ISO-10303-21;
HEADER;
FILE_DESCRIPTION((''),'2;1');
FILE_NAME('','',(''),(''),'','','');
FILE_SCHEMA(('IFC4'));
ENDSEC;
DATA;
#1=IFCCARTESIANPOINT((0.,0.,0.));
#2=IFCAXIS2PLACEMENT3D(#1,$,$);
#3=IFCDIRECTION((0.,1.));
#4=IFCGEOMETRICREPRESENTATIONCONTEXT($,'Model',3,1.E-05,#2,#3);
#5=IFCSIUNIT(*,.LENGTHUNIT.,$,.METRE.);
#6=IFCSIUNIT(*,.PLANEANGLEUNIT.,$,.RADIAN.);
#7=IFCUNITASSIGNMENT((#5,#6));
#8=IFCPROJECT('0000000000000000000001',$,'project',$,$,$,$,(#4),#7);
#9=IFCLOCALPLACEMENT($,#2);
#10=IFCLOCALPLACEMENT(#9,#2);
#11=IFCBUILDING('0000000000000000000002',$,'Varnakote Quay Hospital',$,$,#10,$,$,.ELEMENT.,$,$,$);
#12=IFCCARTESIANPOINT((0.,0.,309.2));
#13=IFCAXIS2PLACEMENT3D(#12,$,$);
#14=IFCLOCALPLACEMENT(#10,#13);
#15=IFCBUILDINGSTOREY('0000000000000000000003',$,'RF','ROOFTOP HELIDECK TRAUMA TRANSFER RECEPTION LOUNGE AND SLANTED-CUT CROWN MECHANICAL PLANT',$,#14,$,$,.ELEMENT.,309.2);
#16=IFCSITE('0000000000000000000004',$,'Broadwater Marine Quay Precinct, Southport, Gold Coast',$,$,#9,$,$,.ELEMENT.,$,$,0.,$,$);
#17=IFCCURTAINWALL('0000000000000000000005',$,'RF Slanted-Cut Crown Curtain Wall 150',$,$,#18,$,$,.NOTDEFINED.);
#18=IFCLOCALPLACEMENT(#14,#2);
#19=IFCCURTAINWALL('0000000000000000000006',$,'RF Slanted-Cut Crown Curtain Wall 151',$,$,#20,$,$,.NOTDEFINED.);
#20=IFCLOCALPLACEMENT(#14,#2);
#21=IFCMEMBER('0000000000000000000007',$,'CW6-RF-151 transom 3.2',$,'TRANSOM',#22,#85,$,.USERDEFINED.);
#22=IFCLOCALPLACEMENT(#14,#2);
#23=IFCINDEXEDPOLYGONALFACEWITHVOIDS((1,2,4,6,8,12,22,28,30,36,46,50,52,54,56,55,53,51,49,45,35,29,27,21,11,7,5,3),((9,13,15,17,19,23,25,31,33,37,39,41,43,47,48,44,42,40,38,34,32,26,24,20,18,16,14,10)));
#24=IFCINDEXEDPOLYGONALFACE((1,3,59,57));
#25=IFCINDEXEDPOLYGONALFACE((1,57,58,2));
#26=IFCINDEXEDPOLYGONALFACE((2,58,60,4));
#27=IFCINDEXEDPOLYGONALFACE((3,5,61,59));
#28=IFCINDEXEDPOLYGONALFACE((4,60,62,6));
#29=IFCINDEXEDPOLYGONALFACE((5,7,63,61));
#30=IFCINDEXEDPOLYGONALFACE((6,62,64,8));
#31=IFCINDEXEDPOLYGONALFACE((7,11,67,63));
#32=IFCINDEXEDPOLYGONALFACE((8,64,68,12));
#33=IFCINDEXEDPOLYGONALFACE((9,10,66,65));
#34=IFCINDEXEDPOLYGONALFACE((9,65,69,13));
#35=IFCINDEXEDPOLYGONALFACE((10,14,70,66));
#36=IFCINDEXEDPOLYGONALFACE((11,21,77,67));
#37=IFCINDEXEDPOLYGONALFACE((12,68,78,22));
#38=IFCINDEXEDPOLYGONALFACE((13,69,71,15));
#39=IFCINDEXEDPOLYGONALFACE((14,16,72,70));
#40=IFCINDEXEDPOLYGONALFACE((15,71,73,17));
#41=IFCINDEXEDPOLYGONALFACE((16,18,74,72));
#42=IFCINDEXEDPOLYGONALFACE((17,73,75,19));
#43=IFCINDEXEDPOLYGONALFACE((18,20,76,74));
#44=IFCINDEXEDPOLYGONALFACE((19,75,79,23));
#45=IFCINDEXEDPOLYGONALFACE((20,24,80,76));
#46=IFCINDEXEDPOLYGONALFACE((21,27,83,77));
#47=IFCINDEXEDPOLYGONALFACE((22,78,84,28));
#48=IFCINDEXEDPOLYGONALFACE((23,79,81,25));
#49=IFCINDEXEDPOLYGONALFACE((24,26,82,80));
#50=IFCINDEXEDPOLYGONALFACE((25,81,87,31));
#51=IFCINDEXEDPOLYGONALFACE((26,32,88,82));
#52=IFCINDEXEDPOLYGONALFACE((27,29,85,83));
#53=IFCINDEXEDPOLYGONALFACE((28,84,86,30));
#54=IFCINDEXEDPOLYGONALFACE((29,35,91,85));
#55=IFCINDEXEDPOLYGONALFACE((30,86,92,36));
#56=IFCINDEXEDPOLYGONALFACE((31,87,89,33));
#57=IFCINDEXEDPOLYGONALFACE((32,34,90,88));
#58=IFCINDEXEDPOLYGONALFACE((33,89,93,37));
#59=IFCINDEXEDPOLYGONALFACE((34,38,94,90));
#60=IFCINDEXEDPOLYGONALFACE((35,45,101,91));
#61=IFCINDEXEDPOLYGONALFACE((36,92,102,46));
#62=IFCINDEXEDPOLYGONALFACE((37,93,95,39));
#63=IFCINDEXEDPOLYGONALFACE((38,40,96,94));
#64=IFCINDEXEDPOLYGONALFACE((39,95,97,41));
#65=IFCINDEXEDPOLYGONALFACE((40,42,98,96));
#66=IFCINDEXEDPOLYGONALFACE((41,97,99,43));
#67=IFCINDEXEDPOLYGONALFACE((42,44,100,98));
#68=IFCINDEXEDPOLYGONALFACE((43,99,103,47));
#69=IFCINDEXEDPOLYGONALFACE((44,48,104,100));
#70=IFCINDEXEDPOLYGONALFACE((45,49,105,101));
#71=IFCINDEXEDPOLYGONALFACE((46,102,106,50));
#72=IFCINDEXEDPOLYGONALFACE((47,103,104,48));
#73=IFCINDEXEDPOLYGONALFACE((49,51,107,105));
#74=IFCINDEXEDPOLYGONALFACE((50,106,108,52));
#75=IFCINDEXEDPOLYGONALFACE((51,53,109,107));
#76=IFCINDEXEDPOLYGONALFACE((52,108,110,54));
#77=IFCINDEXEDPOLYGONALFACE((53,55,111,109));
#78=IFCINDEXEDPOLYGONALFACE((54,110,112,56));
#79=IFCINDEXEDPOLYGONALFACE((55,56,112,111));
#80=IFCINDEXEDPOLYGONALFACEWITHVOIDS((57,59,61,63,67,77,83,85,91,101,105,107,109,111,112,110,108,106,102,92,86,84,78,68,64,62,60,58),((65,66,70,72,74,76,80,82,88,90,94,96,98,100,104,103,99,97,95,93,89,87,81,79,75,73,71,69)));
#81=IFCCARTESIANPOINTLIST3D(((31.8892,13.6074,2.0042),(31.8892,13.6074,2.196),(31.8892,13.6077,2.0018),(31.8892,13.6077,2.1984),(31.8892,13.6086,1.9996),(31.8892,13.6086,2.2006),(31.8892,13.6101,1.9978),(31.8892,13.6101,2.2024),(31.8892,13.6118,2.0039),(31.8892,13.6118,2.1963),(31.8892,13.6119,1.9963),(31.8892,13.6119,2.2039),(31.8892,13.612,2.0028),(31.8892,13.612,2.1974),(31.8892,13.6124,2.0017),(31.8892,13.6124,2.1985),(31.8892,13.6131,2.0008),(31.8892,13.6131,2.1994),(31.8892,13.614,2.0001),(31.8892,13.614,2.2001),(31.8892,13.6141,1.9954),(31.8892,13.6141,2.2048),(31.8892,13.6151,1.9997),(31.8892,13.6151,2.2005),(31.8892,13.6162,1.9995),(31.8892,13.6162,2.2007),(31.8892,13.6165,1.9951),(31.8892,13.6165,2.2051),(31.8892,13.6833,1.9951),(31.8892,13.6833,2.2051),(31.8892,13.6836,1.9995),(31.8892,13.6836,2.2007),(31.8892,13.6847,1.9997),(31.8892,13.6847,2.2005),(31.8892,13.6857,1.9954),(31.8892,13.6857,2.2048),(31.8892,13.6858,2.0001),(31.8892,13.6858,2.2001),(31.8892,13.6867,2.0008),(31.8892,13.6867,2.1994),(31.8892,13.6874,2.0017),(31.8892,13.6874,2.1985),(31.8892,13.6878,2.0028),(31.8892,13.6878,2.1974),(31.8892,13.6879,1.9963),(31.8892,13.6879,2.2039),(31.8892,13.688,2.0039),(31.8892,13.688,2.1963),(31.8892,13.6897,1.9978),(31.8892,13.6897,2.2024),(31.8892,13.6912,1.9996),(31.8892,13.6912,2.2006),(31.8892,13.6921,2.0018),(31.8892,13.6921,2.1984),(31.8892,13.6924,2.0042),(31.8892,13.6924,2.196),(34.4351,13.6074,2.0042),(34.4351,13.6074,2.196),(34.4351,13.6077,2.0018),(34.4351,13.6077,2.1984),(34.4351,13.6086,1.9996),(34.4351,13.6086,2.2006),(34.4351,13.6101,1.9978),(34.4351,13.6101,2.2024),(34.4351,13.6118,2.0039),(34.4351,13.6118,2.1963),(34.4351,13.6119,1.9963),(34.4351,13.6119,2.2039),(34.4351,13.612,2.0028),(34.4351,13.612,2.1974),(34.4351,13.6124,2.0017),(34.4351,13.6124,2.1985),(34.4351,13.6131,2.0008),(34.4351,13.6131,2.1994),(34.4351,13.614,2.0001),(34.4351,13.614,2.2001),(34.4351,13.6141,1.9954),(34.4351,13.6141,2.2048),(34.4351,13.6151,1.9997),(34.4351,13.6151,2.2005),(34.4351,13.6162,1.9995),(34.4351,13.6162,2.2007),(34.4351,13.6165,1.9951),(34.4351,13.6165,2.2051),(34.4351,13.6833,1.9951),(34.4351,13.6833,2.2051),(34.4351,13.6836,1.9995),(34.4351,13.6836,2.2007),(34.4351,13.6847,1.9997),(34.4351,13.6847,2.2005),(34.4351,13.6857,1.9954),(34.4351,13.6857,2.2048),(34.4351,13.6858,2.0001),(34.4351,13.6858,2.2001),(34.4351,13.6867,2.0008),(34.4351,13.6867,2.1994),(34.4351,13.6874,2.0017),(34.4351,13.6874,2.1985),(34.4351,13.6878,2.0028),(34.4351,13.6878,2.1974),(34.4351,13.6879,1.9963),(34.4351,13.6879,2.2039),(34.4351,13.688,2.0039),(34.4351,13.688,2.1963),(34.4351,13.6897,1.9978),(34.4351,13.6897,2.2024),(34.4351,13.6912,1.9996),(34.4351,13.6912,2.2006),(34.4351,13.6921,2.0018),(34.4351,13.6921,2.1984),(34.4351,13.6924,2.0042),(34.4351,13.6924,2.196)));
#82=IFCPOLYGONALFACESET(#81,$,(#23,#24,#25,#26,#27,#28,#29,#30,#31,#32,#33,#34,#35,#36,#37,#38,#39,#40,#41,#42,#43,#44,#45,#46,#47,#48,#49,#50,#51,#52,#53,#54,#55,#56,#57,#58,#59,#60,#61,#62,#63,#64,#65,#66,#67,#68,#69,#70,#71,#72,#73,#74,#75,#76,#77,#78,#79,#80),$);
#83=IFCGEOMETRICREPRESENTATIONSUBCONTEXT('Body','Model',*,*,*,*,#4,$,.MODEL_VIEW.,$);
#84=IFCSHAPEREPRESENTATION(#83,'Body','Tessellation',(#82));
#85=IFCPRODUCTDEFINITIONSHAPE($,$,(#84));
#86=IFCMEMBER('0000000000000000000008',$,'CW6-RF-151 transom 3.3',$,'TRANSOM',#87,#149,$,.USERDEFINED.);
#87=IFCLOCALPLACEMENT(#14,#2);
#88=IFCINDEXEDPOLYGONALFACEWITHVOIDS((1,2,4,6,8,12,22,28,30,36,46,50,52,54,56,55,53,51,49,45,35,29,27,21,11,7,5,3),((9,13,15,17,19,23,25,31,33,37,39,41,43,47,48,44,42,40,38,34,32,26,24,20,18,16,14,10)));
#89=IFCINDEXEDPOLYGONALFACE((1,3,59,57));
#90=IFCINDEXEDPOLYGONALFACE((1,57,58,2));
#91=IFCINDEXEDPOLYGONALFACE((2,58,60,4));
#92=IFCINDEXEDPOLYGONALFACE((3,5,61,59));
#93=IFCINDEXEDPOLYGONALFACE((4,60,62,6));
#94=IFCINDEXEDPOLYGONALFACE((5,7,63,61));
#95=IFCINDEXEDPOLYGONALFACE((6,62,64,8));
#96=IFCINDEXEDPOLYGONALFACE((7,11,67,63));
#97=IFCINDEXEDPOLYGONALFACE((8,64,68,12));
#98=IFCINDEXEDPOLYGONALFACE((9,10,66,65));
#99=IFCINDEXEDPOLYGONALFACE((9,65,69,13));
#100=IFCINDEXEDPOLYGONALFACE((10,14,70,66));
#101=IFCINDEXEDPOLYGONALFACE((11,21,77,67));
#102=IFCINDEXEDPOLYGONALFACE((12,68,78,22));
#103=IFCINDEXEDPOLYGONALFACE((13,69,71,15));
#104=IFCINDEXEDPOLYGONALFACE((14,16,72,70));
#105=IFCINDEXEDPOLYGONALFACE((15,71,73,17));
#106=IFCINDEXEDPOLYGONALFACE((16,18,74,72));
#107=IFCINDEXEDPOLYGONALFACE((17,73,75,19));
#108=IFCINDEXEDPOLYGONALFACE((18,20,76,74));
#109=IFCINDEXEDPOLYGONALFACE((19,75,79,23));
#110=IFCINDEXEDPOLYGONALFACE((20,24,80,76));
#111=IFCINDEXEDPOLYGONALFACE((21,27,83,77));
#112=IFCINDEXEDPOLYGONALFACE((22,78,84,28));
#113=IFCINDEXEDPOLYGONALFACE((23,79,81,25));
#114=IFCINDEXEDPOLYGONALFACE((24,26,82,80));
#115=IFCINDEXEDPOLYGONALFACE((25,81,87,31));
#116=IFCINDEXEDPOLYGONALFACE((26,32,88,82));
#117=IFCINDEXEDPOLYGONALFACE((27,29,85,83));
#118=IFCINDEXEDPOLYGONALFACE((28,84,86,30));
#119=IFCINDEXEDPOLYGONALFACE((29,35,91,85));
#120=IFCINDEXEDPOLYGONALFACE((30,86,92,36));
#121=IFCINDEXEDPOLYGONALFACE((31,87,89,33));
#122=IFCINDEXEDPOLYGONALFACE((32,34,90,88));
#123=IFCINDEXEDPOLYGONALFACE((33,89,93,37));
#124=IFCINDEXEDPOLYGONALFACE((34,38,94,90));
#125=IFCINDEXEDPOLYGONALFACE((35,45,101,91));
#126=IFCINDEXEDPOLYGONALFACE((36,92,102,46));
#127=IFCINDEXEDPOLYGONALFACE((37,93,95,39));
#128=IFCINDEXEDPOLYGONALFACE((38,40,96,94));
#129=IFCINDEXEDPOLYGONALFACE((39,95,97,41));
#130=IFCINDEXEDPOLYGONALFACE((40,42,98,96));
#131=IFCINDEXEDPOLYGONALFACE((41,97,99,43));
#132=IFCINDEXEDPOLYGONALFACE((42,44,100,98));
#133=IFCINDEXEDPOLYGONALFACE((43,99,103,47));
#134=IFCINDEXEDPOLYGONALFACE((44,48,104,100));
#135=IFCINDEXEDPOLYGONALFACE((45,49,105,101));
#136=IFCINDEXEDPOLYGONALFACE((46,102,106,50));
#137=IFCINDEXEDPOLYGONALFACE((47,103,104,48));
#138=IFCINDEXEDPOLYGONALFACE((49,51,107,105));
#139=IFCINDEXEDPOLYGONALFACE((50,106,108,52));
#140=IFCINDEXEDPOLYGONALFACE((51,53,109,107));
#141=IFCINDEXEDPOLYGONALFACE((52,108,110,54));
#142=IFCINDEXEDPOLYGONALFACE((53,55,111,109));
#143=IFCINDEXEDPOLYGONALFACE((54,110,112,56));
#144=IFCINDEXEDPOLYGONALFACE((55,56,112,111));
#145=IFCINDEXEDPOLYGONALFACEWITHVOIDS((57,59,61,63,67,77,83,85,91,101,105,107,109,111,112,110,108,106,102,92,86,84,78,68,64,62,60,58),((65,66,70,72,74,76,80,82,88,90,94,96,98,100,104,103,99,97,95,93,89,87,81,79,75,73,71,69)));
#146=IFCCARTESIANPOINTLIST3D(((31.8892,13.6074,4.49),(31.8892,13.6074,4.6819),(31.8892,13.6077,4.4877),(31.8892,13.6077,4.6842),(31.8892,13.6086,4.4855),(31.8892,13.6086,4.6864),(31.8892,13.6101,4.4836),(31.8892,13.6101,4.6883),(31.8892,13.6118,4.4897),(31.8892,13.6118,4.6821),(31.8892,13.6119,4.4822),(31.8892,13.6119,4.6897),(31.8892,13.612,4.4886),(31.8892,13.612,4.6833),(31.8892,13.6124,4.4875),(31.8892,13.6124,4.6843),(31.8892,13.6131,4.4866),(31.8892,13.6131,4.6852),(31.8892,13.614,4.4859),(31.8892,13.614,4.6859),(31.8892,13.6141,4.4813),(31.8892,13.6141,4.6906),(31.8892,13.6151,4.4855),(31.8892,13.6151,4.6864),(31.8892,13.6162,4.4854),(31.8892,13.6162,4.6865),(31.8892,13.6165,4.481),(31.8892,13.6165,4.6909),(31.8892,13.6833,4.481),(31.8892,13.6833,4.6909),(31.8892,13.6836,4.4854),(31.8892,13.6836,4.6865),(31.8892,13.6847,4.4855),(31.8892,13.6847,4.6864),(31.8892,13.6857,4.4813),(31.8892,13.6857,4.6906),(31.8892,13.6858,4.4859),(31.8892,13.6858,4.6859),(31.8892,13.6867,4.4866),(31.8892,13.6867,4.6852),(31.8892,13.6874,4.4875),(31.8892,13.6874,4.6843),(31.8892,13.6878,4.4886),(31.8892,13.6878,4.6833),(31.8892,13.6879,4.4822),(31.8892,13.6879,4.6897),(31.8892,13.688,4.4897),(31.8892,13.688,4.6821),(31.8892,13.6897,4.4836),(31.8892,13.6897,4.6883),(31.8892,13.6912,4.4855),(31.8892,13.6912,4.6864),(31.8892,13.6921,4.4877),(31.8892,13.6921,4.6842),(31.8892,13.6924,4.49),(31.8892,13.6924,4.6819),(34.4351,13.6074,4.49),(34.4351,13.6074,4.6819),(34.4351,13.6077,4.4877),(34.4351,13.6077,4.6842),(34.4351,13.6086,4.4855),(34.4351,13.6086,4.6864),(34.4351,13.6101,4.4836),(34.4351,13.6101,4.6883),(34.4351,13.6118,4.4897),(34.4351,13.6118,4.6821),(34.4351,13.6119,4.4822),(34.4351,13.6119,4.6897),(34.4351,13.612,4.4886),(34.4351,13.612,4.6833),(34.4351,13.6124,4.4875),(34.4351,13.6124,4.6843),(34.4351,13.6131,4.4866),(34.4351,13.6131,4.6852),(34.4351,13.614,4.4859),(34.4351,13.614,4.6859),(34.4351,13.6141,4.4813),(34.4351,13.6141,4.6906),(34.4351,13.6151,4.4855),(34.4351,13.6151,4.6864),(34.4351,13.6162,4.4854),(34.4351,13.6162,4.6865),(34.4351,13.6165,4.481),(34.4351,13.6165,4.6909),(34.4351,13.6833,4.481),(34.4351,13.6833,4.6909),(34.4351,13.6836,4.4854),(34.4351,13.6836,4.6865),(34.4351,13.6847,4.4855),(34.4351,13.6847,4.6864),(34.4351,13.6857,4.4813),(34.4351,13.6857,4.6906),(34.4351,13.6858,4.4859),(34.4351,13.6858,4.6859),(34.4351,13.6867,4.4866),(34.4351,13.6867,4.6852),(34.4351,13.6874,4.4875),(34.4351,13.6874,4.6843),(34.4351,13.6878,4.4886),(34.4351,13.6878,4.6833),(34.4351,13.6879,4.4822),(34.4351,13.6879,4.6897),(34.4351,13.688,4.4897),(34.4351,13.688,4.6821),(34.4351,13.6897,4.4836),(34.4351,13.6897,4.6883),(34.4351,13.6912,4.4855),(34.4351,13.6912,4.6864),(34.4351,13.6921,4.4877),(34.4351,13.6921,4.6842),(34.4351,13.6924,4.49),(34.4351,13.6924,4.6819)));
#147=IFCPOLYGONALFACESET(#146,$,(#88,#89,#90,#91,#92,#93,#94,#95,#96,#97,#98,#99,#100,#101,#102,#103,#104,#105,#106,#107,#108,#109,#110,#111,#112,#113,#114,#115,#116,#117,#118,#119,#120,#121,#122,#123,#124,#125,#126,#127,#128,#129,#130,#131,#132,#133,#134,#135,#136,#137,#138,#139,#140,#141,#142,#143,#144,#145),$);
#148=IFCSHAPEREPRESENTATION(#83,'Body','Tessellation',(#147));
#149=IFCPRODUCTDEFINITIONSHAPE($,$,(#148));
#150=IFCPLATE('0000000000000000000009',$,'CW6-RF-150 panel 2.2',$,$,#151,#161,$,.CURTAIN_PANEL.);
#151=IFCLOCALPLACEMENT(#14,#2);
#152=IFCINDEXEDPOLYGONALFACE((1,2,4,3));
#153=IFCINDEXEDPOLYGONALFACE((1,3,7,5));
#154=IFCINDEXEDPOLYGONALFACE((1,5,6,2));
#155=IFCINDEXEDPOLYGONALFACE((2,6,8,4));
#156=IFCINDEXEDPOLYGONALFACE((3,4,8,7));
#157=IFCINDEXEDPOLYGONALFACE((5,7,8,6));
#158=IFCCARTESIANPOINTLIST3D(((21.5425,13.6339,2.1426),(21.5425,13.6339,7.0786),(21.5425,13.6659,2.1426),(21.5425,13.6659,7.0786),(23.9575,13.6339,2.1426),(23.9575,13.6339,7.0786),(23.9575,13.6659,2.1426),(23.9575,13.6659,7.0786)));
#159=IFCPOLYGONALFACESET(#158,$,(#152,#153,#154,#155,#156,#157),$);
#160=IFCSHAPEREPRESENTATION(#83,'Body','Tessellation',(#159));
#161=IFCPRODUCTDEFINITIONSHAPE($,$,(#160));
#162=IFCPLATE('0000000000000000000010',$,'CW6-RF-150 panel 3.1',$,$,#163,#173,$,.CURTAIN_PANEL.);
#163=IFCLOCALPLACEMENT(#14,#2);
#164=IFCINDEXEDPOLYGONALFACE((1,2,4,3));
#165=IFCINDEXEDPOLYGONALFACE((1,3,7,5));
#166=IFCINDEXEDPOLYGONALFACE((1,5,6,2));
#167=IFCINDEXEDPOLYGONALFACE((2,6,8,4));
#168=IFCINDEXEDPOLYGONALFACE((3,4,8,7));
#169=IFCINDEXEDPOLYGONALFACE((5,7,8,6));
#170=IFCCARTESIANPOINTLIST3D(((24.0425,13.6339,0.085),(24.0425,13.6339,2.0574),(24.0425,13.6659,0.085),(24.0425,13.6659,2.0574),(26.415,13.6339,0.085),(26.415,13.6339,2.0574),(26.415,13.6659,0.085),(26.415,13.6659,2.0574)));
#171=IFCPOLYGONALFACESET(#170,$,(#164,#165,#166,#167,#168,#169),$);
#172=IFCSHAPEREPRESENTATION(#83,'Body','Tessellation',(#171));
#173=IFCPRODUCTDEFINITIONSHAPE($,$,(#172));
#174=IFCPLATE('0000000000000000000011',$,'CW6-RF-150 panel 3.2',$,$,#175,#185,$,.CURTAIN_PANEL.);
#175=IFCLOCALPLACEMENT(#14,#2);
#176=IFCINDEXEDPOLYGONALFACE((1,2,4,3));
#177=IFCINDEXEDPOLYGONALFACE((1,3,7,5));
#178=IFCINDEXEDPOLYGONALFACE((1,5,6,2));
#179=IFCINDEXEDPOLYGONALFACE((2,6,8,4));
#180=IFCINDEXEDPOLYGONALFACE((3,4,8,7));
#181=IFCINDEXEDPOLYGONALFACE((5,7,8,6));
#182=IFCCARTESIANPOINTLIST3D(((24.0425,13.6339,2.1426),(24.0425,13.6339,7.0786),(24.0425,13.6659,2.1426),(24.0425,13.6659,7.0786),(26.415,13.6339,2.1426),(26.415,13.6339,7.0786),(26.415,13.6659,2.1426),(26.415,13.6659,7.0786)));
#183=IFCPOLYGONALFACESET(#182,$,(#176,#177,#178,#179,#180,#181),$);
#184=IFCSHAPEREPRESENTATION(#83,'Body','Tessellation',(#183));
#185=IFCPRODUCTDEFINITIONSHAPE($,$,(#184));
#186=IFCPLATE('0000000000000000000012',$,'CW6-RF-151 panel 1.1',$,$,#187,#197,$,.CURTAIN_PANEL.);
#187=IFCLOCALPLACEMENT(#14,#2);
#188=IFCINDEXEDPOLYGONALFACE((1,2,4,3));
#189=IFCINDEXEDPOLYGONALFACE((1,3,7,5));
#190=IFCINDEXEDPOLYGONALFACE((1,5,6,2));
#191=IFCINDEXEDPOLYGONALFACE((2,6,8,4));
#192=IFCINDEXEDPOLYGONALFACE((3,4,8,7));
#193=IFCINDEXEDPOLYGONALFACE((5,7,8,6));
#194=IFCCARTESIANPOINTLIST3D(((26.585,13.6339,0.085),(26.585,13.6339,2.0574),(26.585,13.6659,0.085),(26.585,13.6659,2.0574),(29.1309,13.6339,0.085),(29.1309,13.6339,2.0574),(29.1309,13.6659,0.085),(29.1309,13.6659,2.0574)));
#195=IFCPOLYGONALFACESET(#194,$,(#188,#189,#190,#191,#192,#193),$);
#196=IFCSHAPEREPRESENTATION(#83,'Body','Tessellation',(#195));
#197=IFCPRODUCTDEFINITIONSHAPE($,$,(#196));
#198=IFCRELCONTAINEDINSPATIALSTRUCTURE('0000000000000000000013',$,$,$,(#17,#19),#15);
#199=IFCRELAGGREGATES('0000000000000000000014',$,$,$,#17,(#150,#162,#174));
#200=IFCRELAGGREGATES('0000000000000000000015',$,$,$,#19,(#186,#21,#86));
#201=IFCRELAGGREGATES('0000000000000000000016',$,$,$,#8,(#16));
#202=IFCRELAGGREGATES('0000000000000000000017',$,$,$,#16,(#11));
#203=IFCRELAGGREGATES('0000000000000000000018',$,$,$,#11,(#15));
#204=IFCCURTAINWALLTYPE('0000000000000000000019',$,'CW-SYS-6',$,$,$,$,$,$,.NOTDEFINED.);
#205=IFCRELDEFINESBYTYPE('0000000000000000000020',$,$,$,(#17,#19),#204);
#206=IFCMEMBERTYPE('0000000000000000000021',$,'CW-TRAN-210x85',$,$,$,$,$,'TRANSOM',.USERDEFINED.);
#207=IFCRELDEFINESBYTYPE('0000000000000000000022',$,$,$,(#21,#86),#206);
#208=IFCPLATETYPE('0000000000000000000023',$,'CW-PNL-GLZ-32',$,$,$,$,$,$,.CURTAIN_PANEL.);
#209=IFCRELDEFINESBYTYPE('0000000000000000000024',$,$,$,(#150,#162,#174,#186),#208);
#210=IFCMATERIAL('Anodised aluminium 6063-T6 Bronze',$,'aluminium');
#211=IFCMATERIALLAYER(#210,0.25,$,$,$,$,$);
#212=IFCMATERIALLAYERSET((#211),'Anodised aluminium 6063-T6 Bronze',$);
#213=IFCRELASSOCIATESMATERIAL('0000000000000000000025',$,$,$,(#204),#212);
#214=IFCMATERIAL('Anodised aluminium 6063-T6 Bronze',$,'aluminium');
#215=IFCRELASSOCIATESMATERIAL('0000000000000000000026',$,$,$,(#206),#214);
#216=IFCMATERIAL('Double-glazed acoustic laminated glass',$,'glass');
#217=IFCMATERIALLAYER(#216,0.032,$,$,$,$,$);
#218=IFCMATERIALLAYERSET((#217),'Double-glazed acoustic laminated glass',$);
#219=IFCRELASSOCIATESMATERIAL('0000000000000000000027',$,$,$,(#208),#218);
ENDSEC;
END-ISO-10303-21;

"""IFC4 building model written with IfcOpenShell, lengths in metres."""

from ifc_helpers import new_model, si_unit, direction, frame, origin, origin_2d, place, context, subcontext, project, spatial, rectangle, hollow_rectangle, extrude, material, layer, layer_set, material_profile, profile_set, type_object, element, aggregate, save


model = new_model("IFC4")

# Units and contexts
model_context = context("Model", 3, precision=1e-05, world=origin(), true_north=direction((0.0, 1.0)))
body_context = subcontext(model_context, "Body", "Model", "MODEL_VIEW")
ifc_project = project(units=[si_unit("LENGTHUNIT", "METRE"), si_unit("PLANEANGLEUNIT", "RADIAN")], contexts=[model_context])

# Site, building, storey
site_placement = place(None, origin())
site = spatial("IfcSite", under=ifc_project, at=site_placement, Name="Broadwater Marine Quay Precinct, Southport, Gold Coast", CompositionType="ELEMENT", RefElevation=0.0)
building_placement = place(site_placement, origin())
building = spatial("IfcBuilding", under=site, at=building_placement, Name="Varnakote Quay Hospital", CompositionType="ELEMENT")
storey_placement = place(building_placement, frame((0.0, 0.0, 309.2)))
storey = spatial("IfcBuildingStorey", under=building, at=storey_placement, Name="RF", Description="ROOFTOP HELIDECK TRAUMA TRANSFER RECEPTION LOUNGE AND SLANTED-CUT CROWN MECHANICAL PLANT", CompositionType="ELEMENT", Elevation=309.2)

# Curtain walls
ifc_material_1 = material(Name="Anodised aluminium 6063-T6 Bronze", Category="aluminium")
ifc_layer_1 = layer(ifc_material_1, 0.25)
ifc_layer_set_1 = layer_set([ifc_layer_1], Name="Anodised aluminium 6063-T6 Bronze")
curtain_wall_type = type_object("IfcCurtainWallType", Name="CW-SYS-6", PredefinedType="NOTDEFINED", material=ifc_layer_set_1)
curtain_wall_1_placement = place(storey_placement, origin())
curtain_wall_1 = element("IfcCurtainWall", 1, at=curtain_wall_1_placement, inside=storey, type_object=curtain_wall_type, Name="RF Slanted-Cut Crown Curtain Wall 150", PredefinedType="NOTDEFINED")
curtain_wall_2_placement = place(storey_placement, origin())
curtain_wall_2 = element("IfcCurtainWall", 2, at=curtain_wall_2_placement, inside=storey, type_object=curtain_wall_type, Name="RF Slanted-Cut Crown Curtain Wall 151", PredefinedType="NOTDEFINED")

# Members
ifc_material_2 = material(Name="Anodised aluminium 6063-T6 Bronze", Category="aluminium")
ifc_material_profile_1 = material_profile(ifc_material_2, hollow_rectangle(XDim=0.085, YDim=0.21, WallThickness=0.0044, InnerFilletRadius=0.0044, OuterFilletRadius=0.009, at=origin_2d()), Name="CW-TRAN-210x85")
ifc_profile_set_1 = profile_set([ifc_material_profile_1], Name="Anodised aluminium 6063-T6 Bronze")
member_type_1 = type_object("IfcMemberType", Name="CW-TRAN-210x85", ElementType="TRANSOM", PredefinedType="USERDEFINED", material=ifc_profile_set_1)
member_1_placement = place(storey_placement, frame((31.8892, 13.6499, 2.1001), z_axis=(1.0, 0.0, 0.0), x_axis=(0.0, 1.0, 0.0)))
member_1 = element("IfcMember", 3, at=member_1_placement, type_object=member_type_1, Name="CW6-RF-151 transom 3.2", ObjectType="TRANSOM", PredefinedType="USERDEFINED", context=body_context, shape_type="SweptSolid", body=[
    extrude(hollow_rectangle(XDim=0.085, YDim=0.21, WallThickness=0.0044, InnerFilletRadius=0.0044, OuterFilletRadius=0.009, at=origin_2d()), origin(), (0.0, 0.0, 1.0), 2.5459),
])
member_2_placement = place(storey_placement, frame((31.8892, 13.6499, 4.5859), z_axis=(1.0, 0.0, 0.0), x_axis=(0.0, 1.0, 0.0)))
member_2 = element("IfcMember", 4, at=member_2_placement, type_object=member_type_1, Name="CW6-RF-151 transom 3.3", ObjectType="TRANSOM", PredefinedType="USERDEFINED", context=body_context, shape_type="SweptSolid", body=[
    extrude(hollow_rectangle(XDim=0.085, YDim=0.21, WallThickness=0.0044, InnerFilletRadius=0.0044, OuterFilletRadius=0.009, at=origin_2d()), origin(), (0.0, 0.0, 1.0), 2.5459),
])

# Plates
ifc_material_3 = material(Name="Double-glazed acoustic laminated glass", Category="glass")
ifc_layer_2 = layer(ifc_material_3, 0.032)
ifc_layer_set_2 = layer_set([ifc_layer_2], Name="Double-glazed acoustic laminated glass")
plate_type = type_object("IfcPlateType", Name="CW-PNL-GLZ-32", PredefinedType="CURTAIN_PANEL", material=ifc_layer_set_2)
plate_1_placement = place(storey_placement, frame((22.75, 13.6499, 2.1426), z_axis=(0.0, 0.0, 1.0), x_axis=(1.0, 0.0, 0.0)))
plate_1 = element("IfcPlate", 5, at=plate_1_placement, type_object=plate_type, Name="CW6-RF-150 panel 2.2", PredefinedType="CURTAIN_PANEL", context=body_context, shape_type="SweptSolid", body=[
    extrude(rectangle(XDim=2.415, YDim=0.032, at=origin_2d()), origin(), (0.0, 0.0, 1.0), 4.936),
])
plate_2_placement = place(storey_placement, frame((25.2288, 13.6499, 0.085), z_axis=(0.0, 0.0, 1.0), x_axis=(1.0, 0.0, 0.0)))
plate_2 = element("IfcPlate", 6, at=plate_2_placement, type_object=plate_type, Name="CW6-RF-150 panel 3.1", PredefinedType="CURTAIN_PANEL", context=body_context, shape_type="SweptSolid", body=[
    extrude(rectangle(XDim=2.3726, YDim=0.032, at=origin_2d()), origin(), (0.0, 0.0, 1.0), 1.9724),
])
plate_3_placement = place(storey_placement, frame((25.2288, 13.6499, 2.1426), z_axis=(0.0, 0.0, 1.0), x_axis=(1.0, 0.0, 0.0)))
plate_3 = element("IfcPlate", 7, at=plate_3_placement, type_object=plate_type, Name="CW6-RF-150 panel 3.2", PredefinedType="CURTAIN_PANEL", context=body_context, shape_type="SweptSolid", body=[
    extrude(rectangle(XDim=2.3726, YDim=0.032, at=origin_2d()), origin(), (0.0, 0.0, 1.0), 4.936),
])
aggregate(curtain_wall_1, [plate_1, plate_2, plate_3])
plate_4_placement = place(storey_placement, frame((27.8579, 13.6499, 0.085), z_axis=(0.0, 0.0, 1.0), x_axis=(1.0, 0.0, 0.0)))
plate_4 = element("IfcPlate", 8, at=plate_4_placement, type_object=plate_type, Name="CW6-RF-151 panel 1.1", PredefinedType="CURTAIN_PANEL", context=body_context, shape_type="SweptSolid", body=[
    extrude(rectangle(XDim=2.5459, YDim=0.032, at=origin_2d()), origin(), (0.0, 0.0, 1.0), 1.9724),
])
aggregate(curtain_wall_2, [plate_4, member_1, member_2])

save(model, "model.ifc")
